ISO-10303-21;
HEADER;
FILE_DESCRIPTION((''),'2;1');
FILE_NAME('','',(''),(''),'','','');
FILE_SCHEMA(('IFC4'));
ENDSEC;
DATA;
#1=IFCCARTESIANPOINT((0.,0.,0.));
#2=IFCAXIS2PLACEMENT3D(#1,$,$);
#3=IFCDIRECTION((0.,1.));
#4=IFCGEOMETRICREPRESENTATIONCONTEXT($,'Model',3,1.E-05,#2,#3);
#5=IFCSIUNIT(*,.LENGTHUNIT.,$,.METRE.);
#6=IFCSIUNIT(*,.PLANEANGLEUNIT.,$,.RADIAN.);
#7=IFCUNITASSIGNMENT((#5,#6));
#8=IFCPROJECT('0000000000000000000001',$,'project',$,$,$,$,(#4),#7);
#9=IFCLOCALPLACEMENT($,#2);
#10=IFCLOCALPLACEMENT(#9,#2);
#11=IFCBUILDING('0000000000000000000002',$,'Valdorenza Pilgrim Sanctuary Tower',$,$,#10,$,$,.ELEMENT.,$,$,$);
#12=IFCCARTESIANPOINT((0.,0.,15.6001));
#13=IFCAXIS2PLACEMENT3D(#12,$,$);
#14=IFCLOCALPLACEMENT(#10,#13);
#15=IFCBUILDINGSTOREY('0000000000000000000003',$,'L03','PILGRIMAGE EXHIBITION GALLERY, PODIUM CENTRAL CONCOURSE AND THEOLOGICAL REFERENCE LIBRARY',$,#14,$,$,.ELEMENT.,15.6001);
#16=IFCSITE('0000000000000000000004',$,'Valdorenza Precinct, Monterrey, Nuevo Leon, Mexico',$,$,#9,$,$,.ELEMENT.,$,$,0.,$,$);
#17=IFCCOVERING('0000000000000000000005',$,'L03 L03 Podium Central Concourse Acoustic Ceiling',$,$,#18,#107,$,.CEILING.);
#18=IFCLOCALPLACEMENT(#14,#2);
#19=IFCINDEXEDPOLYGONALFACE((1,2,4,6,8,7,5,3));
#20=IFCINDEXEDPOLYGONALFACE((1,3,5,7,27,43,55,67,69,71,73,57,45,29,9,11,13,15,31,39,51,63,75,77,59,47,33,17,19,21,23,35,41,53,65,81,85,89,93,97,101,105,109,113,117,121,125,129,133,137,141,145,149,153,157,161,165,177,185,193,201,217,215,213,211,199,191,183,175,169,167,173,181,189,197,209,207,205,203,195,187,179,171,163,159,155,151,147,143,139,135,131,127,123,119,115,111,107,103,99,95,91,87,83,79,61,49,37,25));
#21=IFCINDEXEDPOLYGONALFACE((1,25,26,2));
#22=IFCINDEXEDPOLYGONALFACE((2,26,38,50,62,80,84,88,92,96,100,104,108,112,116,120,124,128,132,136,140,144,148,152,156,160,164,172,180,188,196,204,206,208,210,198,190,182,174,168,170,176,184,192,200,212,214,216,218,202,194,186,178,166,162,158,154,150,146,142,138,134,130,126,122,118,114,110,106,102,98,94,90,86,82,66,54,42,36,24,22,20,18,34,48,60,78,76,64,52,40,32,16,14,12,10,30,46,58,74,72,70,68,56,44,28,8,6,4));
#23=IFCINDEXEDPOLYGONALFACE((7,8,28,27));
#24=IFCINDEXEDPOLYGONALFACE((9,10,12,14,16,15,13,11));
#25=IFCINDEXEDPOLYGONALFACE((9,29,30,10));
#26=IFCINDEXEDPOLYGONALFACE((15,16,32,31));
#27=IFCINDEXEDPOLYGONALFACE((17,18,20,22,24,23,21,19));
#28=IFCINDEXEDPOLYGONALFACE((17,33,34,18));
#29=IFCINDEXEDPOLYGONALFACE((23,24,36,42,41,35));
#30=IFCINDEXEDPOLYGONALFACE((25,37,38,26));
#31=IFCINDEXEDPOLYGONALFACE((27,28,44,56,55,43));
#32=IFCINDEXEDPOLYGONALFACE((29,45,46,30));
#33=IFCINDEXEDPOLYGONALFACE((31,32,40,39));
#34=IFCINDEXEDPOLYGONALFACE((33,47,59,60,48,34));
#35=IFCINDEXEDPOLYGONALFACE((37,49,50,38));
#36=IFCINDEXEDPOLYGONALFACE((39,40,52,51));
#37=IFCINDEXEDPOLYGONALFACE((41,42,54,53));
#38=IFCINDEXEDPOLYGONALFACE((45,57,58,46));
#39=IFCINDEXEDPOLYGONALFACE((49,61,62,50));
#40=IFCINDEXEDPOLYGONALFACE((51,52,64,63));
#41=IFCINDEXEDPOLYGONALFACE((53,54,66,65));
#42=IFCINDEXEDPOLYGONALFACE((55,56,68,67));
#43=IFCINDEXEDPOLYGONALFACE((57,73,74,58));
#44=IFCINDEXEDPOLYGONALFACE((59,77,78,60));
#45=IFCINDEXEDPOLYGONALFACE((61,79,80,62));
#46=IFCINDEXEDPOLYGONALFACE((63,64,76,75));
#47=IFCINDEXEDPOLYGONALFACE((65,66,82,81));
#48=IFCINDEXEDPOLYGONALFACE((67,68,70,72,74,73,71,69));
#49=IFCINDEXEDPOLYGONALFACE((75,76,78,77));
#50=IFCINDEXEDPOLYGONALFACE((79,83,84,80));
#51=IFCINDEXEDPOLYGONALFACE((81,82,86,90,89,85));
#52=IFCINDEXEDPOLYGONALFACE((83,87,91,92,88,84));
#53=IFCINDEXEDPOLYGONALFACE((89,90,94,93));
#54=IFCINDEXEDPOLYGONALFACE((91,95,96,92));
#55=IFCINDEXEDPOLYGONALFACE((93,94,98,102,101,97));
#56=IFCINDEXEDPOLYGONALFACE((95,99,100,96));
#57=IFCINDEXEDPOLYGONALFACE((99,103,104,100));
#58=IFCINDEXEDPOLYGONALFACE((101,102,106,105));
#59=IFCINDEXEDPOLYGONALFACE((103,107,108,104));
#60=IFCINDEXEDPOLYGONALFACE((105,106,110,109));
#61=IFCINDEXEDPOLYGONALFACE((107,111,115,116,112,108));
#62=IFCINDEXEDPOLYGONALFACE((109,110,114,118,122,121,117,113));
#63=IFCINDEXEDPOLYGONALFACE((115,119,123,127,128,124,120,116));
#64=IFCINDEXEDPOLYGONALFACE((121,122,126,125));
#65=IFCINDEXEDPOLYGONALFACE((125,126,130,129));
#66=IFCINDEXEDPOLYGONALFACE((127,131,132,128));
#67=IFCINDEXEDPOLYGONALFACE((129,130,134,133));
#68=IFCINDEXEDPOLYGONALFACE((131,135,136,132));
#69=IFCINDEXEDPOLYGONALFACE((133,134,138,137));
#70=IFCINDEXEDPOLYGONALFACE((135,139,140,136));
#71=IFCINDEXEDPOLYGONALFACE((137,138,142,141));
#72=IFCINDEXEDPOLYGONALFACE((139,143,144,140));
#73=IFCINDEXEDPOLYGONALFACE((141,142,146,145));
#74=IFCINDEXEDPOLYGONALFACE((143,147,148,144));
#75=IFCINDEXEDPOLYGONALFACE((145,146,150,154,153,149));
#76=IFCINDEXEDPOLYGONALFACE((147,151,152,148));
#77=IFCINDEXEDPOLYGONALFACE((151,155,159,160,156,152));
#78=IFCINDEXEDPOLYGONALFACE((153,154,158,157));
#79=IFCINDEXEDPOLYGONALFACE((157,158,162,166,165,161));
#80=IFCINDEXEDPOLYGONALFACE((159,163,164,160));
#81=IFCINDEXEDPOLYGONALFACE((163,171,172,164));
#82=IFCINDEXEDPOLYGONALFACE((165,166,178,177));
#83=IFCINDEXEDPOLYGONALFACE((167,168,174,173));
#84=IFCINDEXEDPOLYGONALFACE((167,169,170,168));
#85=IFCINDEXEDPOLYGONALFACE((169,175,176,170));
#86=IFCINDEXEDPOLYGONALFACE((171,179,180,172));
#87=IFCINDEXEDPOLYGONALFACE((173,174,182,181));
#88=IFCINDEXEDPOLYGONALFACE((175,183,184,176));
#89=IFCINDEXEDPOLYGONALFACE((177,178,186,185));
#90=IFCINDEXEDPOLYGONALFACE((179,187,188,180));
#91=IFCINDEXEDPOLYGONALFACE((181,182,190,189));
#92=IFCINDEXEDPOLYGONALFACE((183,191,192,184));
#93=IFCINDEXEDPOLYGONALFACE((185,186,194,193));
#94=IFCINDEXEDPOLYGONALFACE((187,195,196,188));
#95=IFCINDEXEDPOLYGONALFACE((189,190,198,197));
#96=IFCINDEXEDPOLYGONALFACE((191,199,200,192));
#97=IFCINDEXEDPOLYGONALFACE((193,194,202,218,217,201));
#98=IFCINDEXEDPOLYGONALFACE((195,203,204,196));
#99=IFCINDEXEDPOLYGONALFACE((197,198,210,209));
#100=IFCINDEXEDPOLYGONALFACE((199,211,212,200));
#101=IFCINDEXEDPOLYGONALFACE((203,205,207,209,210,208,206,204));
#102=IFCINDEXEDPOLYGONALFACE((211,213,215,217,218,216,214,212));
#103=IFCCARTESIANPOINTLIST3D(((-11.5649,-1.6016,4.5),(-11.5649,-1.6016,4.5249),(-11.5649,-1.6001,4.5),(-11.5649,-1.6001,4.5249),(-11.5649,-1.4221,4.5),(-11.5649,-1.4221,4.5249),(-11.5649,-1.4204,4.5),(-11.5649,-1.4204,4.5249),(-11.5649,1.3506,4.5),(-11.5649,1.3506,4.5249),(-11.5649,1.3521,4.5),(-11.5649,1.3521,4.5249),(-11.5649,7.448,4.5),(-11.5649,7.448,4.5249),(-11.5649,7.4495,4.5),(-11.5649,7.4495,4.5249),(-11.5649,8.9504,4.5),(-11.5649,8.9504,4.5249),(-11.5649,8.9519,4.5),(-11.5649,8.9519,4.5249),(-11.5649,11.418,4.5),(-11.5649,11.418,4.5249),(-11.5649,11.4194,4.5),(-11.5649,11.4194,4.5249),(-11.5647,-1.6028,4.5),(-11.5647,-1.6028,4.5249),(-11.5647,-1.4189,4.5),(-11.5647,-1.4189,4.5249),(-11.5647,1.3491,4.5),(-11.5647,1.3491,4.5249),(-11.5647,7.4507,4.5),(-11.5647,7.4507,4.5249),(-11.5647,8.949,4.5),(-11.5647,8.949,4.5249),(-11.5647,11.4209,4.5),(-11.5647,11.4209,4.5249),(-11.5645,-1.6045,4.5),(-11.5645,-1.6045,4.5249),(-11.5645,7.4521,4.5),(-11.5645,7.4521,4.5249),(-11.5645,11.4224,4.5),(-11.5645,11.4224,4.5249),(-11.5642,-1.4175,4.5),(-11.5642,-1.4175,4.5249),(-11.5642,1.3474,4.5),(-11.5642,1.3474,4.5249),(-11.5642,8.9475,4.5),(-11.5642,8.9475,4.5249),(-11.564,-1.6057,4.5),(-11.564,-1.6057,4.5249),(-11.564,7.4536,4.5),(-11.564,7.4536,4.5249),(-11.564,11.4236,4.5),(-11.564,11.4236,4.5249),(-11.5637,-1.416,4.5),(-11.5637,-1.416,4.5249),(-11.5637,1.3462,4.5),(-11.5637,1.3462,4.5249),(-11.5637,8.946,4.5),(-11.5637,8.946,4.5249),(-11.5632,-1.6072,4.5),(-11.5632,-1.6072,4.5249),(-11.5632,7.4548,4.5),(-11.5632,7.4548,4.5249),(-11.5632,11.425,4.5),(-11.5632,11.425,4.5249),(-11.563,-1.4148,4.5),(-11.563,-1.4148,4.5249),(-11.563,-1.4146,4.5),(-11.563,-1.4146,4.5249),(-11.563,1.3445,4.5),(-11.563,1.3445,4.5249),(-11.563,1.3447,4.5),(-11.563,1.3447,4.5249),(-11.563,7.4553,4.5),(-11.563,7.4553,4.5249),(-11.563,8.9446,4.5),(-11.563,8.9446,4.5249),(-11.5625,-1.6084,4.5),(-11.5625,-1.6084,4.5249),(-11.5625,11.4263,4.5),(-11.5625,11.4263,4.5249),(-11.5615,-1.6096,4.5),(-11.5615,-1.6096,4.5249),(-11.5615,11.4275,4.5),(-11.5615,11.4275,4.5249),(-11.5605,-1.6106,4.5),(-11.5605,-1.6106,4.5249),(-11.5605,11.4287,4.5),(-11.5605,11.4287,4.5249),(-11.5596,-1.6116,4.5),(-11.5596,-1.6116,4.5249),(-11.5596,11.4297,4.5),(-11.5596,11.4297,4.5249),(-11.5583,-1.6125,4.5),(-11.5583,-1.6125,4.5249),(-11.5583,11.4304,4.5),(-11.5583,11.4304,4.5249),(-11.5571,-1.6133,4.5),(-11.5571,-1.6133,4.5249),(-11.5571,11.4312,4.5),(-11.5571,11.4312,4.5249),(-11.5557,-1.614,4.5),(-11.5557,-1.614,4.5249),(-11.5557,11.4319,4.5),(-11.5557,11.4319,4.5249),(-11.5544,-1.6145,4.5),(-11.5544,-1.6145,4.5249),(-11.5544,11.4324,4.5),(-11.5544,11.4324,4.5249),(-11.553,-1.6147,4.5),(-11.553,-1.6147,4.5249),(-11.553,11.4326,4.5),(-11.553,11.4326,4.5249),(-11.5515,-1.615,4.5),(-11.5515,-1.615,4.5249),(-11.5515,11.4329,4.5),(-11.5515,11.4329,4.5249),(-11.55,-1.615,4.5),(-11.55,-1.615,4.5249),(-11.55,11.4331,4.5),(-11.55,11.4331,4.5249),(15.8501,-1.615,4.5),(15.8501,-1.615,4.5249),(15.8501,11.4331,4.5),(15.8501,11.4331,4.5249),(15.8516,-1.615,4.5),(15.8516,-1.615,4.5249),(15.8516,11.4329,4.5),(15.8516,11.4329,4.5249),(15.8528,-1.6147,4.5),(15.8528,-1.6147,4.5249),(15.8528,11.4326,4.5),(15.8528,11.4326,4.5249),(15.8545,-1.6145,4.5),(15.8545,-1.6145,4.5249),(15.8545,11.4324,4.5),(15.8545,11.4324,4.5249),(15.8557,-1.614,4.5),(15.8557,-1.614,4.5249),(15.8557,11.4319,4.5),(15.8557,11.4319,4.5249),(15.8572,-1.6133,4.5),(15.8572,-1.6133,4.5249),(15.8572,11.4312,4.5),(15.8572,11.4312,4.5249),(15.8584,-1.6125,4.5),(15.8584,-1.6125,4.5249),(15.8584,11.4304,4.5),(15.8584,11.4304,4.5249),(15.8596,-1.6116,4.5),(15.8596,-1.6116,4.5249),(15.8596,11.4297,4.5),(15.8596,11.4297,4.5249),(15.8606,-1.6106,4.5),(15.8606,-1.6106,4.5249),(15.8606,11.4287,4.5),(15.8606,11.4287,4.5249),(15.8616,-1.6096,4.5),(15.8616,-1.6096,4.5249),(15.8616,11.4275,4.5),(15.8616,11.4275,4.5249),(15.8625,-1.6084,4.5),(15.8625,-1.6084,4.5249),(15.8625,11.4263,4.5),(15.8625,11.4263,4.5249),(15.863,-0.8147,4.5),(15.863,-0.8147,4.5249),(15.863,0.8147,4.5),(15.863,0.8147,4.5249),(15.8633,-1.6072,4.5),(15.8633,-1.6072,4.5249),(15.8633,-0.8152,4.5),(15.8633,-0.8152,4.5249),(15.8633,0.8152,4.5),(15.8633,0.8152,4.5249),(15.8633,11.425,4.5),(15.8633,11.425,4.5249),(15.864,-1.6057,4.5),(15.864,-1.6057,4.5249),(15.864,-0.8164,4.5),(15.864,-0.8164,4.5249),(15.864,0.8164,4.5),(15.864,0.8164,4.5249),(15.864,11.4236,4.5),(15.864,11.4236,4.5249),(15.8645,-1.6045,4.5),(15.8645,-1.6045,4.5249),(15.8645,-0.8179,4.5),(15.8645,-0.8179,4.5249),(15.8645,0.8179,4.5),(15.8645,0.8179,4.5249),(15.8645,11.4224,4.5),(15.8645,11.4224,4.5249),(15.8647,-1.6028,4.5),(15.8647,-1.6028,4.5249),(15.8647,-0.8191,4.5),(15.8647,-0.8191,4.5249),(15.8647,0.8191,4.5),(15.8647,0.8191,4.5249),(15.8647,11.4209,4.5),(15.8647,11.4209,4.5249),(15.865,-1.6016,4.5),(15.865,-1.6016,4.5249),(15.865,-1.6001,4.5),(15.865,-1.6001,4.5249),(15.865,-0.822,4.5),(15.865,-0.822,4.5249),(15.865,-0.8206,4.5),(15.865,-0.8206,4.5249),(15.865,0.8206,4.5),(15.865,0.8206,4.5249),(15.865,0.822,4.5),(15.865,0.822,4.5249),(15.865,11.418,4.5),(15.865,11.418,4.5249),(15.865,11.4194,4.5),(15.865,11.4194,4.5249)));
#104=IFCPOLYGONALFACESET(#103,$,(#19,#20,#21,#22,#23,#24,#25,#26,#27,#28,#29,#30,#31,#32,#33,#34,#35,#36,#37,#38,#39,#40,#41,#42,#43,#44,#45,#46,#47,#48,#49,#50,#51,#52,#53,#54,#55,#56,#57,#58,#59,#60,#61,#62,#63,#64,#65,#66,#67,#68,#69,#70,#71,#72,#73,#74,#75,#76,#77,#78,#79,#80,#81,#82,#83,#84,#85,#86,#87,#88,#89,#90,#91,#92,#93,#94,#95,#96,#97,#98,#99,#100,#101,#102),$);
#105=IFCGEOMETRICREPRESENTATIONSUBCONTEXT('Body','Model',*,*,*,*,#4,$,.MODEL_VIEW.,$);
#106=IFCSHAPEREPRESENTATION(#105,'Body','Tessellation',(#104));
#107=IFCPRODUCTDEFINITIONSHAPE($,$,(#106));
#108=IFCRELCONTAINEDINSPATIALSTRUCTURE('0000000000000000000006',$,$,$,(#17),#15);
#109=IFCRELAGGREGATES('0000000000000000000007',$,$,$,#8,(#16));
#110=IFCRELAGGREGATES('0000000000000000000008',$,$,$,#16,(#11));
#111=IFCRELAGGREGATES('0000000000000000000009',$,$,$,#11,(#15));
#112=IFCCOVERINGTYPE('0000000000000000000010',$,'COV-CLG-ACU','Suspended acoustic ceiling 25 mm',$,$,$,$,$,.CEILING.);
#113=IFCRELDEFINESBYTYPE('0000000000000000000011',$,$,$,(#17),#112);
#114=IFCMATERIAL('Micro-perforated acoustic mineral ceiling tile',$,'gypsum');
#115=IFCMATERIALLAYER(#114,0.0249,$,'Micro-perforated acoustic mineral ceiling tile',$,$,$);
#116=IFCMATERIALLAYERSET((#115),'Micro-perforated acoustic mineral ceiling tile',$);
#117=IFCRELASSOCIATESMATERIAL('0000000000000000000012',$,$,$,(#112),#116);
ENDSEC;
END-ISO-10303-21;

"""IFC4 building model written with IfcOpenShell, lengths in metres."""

from ifc_helpers import new_model, si_unit, direction, frame, origin, place, context, subcontext, project, spatial, polyline, outline, extrude, material, layer, layer_set, type_object, element, save


model = new_model("IFC4")

# Units and contexts
model_context = context("Model", 3, precision=1e-05, world=origin(), true_north=direction((0.0, 1.0)))
body_context = subcontext(model_context, "Body", "Model", "MODEL_VIEW")
ifc_project = project(units=[si_unit("LENGTHUNIT", "METRE"), si_unit("PLANEANGLEUNIT", "RADIAN")], contexts=[model_context])

# Site, building, storey
site_placement = place(None, origin())
site = spatial("IfcSite", under=ifc_project, at=site_placement, Name="Valdorenza Precinct, Monterrey, Nuevo Leon, Mexico", CompositionType="ELEMENT", RefElevation=0.0)
building_placement = place(site_placement, origin())
building = spatial("IfcBuilding", under=site, at=building_placement, Name="Valdorenza Pilgrim Sanctuary Tower", CompositionType="ELEMENT")
storey_placement = place(building_placement, frame((0.0, 0.0, 15.6001)))
storey = spatial("IfcBuildingStorey", under=building, at=storey_placement, Name="L03", Description="PILGRIMAGE EXHIBITION GALLERY, PODIUM CENTRAL CONCOURSE AND THEOLOGICAL REFERENCE LIBRARY", CompositionType="ELEMENT", Elevation=15.6001)

# Covering
ifc_material_1 = material(Name="Micro-perforated acoustic mineral ceiling tile", Category="gypsum")
ifc_layer_1 = layer(ifc_material_1, 0.0249, Name="Micro-perforated acoustic mineral ceiling tile")
ifc_layer_set_1 = layer_set([ifc_layer_1], Name="Micro-perforated acoustic mineral ceiling tile")
covering_type_1 = type_object("IfcCoveringType", Name="COV-CLG-ACU", Description="Suspended acoustic ceiling 25 mm", PredefinedType="CEILING", material=ifc_layer_set_1)
covering_1_placement = place(storey_placement, frame((0.0, 0.0, 4.5)))
element("IfcCovering", 1, at=covering_1_placement, inside=storey, type_object=covering_type_1, Name="L03 L03 Podium Central Concourse Acoustic Ceiling", PredefinedType="CEILING", context=body_context, shape_type="SweptSolid", body=[
    extrude(outline(polyline([(-11.563, -1.4146), (-11.563, 1.3445), (-11.563, 1.3447), (-11.5637, 1.3462), (-11.5642, 1.3474), (-11.5647, 1.3491), (-11.5649, 1.3506), (-11.5649, 1.3521), (-11.5649, 7.448), (-11.5649, 7.4495), (-11.5647, 7.4507), (-11.5645, 7.4521), (-11.564, 7.4536), (-11.5632, 7.4548), (-11.563, 7.4553), (-11.563, 8.9446), (-11.563, 8.9446), (-11.5637, 8.946), (-11.5642, 8.9475), (-11.5647, 8.949), (-11.5649, 8.9504), (-11.5649, 8.9519), (-11.5649, 11.418), (-11.5649, 11.4194), (-11.5647, 11.4209), (-11.5645, 11.4224), (-11.564, 11.4236), (-11.5632, 11.425), (-11.5625, 11.4263), (-11.5615, 11.4275), (-11.5605, 11.4287), (-11.5596, 11.4297), (-11.5583, 11.4304), (-11.5571, 11.4312), (-11.5557, 11.4319), (-11.5544, 11.4324), (-11.553, 11.4326), (-11.5515, 11.4329), (-11.55, 11.4331), (15.8501, 11.4331), (15.8516, 11.4329), (15.8528, 11.4326), (15.8545, 11.4324), (15.8557, 11.4319), (15.8572, 11.4312), (15.8584, 11.4304), (15.8596, 11.4297), (15.8606, 11.4287), (15.8616, 11.4275), (15.8625, 11.4263), (15.8633, 11.425), (15.864, 11.4236), (15.8645, 11.4224), (15.8647, 11.4209), (15.865, 11.4194), (15.865, 11.418), (15.865, 0.822), (15.865, 0.8206), (15.8647, 0.8191), (15.8645, 0.8179), (15.864, 0.8164), (15.8633, 0.8152), (15.863, 0.8147), (15.863, -0.8147), (15.8633, -0.8152), (15.864, -0.8164), (15.8645, -0.8179), (15.8647, -0.8191), (15.865, -0.8206), (15.865, -0.822), (15.865, -1.6001), (15.865, -1.6016), (15.8647, -1.6028), (15.8645, -1.6045), (15.864, -1.6057), (15.8633, -1.6072), (15.8625, -1.6084), (15.8616, -1.6096), (15.8606, -1.6106), (15.8596, -1.6116), (15.8584, -1.6125), (15.8572, -1.6133), (15.8557, -1.614), (15.8545, -1.6145), (15.8528, -1.6147), (15.8516, -1.615), (15.8501, -1.615), (-11.55, -1.615), (-11.5515, -1.615), (-11.553, -1.6147), (-11.5544, -1.6145), (-11.5557, -1.614), (-11.5571, -1.6133), (-11.5583, -1.6125), (-11.5596, -1.6116), (-11.5605, -1.6106), (-11.5615, -1.6096), (-11.5625, -1.6084), (-11.5632, -1.6072), (-11.564, -1.6057), (-11.5645, -1.6045), (-11.5647, -1.6028), (-11.5649, -1.6016), (-11.5649, -1.6001), (-11.5649, -1.4221), (-11.5649, -1.4204), (-11.5647, -1.4189), (-11.5642, -1.4175), (-11.5637, -1.416), (-11.563, -1.4148), (-11.563, -1.4146)])), origin(), (0.0, 0.0, 1.0), 0.0249),
])

save(model, "model.ifc")
